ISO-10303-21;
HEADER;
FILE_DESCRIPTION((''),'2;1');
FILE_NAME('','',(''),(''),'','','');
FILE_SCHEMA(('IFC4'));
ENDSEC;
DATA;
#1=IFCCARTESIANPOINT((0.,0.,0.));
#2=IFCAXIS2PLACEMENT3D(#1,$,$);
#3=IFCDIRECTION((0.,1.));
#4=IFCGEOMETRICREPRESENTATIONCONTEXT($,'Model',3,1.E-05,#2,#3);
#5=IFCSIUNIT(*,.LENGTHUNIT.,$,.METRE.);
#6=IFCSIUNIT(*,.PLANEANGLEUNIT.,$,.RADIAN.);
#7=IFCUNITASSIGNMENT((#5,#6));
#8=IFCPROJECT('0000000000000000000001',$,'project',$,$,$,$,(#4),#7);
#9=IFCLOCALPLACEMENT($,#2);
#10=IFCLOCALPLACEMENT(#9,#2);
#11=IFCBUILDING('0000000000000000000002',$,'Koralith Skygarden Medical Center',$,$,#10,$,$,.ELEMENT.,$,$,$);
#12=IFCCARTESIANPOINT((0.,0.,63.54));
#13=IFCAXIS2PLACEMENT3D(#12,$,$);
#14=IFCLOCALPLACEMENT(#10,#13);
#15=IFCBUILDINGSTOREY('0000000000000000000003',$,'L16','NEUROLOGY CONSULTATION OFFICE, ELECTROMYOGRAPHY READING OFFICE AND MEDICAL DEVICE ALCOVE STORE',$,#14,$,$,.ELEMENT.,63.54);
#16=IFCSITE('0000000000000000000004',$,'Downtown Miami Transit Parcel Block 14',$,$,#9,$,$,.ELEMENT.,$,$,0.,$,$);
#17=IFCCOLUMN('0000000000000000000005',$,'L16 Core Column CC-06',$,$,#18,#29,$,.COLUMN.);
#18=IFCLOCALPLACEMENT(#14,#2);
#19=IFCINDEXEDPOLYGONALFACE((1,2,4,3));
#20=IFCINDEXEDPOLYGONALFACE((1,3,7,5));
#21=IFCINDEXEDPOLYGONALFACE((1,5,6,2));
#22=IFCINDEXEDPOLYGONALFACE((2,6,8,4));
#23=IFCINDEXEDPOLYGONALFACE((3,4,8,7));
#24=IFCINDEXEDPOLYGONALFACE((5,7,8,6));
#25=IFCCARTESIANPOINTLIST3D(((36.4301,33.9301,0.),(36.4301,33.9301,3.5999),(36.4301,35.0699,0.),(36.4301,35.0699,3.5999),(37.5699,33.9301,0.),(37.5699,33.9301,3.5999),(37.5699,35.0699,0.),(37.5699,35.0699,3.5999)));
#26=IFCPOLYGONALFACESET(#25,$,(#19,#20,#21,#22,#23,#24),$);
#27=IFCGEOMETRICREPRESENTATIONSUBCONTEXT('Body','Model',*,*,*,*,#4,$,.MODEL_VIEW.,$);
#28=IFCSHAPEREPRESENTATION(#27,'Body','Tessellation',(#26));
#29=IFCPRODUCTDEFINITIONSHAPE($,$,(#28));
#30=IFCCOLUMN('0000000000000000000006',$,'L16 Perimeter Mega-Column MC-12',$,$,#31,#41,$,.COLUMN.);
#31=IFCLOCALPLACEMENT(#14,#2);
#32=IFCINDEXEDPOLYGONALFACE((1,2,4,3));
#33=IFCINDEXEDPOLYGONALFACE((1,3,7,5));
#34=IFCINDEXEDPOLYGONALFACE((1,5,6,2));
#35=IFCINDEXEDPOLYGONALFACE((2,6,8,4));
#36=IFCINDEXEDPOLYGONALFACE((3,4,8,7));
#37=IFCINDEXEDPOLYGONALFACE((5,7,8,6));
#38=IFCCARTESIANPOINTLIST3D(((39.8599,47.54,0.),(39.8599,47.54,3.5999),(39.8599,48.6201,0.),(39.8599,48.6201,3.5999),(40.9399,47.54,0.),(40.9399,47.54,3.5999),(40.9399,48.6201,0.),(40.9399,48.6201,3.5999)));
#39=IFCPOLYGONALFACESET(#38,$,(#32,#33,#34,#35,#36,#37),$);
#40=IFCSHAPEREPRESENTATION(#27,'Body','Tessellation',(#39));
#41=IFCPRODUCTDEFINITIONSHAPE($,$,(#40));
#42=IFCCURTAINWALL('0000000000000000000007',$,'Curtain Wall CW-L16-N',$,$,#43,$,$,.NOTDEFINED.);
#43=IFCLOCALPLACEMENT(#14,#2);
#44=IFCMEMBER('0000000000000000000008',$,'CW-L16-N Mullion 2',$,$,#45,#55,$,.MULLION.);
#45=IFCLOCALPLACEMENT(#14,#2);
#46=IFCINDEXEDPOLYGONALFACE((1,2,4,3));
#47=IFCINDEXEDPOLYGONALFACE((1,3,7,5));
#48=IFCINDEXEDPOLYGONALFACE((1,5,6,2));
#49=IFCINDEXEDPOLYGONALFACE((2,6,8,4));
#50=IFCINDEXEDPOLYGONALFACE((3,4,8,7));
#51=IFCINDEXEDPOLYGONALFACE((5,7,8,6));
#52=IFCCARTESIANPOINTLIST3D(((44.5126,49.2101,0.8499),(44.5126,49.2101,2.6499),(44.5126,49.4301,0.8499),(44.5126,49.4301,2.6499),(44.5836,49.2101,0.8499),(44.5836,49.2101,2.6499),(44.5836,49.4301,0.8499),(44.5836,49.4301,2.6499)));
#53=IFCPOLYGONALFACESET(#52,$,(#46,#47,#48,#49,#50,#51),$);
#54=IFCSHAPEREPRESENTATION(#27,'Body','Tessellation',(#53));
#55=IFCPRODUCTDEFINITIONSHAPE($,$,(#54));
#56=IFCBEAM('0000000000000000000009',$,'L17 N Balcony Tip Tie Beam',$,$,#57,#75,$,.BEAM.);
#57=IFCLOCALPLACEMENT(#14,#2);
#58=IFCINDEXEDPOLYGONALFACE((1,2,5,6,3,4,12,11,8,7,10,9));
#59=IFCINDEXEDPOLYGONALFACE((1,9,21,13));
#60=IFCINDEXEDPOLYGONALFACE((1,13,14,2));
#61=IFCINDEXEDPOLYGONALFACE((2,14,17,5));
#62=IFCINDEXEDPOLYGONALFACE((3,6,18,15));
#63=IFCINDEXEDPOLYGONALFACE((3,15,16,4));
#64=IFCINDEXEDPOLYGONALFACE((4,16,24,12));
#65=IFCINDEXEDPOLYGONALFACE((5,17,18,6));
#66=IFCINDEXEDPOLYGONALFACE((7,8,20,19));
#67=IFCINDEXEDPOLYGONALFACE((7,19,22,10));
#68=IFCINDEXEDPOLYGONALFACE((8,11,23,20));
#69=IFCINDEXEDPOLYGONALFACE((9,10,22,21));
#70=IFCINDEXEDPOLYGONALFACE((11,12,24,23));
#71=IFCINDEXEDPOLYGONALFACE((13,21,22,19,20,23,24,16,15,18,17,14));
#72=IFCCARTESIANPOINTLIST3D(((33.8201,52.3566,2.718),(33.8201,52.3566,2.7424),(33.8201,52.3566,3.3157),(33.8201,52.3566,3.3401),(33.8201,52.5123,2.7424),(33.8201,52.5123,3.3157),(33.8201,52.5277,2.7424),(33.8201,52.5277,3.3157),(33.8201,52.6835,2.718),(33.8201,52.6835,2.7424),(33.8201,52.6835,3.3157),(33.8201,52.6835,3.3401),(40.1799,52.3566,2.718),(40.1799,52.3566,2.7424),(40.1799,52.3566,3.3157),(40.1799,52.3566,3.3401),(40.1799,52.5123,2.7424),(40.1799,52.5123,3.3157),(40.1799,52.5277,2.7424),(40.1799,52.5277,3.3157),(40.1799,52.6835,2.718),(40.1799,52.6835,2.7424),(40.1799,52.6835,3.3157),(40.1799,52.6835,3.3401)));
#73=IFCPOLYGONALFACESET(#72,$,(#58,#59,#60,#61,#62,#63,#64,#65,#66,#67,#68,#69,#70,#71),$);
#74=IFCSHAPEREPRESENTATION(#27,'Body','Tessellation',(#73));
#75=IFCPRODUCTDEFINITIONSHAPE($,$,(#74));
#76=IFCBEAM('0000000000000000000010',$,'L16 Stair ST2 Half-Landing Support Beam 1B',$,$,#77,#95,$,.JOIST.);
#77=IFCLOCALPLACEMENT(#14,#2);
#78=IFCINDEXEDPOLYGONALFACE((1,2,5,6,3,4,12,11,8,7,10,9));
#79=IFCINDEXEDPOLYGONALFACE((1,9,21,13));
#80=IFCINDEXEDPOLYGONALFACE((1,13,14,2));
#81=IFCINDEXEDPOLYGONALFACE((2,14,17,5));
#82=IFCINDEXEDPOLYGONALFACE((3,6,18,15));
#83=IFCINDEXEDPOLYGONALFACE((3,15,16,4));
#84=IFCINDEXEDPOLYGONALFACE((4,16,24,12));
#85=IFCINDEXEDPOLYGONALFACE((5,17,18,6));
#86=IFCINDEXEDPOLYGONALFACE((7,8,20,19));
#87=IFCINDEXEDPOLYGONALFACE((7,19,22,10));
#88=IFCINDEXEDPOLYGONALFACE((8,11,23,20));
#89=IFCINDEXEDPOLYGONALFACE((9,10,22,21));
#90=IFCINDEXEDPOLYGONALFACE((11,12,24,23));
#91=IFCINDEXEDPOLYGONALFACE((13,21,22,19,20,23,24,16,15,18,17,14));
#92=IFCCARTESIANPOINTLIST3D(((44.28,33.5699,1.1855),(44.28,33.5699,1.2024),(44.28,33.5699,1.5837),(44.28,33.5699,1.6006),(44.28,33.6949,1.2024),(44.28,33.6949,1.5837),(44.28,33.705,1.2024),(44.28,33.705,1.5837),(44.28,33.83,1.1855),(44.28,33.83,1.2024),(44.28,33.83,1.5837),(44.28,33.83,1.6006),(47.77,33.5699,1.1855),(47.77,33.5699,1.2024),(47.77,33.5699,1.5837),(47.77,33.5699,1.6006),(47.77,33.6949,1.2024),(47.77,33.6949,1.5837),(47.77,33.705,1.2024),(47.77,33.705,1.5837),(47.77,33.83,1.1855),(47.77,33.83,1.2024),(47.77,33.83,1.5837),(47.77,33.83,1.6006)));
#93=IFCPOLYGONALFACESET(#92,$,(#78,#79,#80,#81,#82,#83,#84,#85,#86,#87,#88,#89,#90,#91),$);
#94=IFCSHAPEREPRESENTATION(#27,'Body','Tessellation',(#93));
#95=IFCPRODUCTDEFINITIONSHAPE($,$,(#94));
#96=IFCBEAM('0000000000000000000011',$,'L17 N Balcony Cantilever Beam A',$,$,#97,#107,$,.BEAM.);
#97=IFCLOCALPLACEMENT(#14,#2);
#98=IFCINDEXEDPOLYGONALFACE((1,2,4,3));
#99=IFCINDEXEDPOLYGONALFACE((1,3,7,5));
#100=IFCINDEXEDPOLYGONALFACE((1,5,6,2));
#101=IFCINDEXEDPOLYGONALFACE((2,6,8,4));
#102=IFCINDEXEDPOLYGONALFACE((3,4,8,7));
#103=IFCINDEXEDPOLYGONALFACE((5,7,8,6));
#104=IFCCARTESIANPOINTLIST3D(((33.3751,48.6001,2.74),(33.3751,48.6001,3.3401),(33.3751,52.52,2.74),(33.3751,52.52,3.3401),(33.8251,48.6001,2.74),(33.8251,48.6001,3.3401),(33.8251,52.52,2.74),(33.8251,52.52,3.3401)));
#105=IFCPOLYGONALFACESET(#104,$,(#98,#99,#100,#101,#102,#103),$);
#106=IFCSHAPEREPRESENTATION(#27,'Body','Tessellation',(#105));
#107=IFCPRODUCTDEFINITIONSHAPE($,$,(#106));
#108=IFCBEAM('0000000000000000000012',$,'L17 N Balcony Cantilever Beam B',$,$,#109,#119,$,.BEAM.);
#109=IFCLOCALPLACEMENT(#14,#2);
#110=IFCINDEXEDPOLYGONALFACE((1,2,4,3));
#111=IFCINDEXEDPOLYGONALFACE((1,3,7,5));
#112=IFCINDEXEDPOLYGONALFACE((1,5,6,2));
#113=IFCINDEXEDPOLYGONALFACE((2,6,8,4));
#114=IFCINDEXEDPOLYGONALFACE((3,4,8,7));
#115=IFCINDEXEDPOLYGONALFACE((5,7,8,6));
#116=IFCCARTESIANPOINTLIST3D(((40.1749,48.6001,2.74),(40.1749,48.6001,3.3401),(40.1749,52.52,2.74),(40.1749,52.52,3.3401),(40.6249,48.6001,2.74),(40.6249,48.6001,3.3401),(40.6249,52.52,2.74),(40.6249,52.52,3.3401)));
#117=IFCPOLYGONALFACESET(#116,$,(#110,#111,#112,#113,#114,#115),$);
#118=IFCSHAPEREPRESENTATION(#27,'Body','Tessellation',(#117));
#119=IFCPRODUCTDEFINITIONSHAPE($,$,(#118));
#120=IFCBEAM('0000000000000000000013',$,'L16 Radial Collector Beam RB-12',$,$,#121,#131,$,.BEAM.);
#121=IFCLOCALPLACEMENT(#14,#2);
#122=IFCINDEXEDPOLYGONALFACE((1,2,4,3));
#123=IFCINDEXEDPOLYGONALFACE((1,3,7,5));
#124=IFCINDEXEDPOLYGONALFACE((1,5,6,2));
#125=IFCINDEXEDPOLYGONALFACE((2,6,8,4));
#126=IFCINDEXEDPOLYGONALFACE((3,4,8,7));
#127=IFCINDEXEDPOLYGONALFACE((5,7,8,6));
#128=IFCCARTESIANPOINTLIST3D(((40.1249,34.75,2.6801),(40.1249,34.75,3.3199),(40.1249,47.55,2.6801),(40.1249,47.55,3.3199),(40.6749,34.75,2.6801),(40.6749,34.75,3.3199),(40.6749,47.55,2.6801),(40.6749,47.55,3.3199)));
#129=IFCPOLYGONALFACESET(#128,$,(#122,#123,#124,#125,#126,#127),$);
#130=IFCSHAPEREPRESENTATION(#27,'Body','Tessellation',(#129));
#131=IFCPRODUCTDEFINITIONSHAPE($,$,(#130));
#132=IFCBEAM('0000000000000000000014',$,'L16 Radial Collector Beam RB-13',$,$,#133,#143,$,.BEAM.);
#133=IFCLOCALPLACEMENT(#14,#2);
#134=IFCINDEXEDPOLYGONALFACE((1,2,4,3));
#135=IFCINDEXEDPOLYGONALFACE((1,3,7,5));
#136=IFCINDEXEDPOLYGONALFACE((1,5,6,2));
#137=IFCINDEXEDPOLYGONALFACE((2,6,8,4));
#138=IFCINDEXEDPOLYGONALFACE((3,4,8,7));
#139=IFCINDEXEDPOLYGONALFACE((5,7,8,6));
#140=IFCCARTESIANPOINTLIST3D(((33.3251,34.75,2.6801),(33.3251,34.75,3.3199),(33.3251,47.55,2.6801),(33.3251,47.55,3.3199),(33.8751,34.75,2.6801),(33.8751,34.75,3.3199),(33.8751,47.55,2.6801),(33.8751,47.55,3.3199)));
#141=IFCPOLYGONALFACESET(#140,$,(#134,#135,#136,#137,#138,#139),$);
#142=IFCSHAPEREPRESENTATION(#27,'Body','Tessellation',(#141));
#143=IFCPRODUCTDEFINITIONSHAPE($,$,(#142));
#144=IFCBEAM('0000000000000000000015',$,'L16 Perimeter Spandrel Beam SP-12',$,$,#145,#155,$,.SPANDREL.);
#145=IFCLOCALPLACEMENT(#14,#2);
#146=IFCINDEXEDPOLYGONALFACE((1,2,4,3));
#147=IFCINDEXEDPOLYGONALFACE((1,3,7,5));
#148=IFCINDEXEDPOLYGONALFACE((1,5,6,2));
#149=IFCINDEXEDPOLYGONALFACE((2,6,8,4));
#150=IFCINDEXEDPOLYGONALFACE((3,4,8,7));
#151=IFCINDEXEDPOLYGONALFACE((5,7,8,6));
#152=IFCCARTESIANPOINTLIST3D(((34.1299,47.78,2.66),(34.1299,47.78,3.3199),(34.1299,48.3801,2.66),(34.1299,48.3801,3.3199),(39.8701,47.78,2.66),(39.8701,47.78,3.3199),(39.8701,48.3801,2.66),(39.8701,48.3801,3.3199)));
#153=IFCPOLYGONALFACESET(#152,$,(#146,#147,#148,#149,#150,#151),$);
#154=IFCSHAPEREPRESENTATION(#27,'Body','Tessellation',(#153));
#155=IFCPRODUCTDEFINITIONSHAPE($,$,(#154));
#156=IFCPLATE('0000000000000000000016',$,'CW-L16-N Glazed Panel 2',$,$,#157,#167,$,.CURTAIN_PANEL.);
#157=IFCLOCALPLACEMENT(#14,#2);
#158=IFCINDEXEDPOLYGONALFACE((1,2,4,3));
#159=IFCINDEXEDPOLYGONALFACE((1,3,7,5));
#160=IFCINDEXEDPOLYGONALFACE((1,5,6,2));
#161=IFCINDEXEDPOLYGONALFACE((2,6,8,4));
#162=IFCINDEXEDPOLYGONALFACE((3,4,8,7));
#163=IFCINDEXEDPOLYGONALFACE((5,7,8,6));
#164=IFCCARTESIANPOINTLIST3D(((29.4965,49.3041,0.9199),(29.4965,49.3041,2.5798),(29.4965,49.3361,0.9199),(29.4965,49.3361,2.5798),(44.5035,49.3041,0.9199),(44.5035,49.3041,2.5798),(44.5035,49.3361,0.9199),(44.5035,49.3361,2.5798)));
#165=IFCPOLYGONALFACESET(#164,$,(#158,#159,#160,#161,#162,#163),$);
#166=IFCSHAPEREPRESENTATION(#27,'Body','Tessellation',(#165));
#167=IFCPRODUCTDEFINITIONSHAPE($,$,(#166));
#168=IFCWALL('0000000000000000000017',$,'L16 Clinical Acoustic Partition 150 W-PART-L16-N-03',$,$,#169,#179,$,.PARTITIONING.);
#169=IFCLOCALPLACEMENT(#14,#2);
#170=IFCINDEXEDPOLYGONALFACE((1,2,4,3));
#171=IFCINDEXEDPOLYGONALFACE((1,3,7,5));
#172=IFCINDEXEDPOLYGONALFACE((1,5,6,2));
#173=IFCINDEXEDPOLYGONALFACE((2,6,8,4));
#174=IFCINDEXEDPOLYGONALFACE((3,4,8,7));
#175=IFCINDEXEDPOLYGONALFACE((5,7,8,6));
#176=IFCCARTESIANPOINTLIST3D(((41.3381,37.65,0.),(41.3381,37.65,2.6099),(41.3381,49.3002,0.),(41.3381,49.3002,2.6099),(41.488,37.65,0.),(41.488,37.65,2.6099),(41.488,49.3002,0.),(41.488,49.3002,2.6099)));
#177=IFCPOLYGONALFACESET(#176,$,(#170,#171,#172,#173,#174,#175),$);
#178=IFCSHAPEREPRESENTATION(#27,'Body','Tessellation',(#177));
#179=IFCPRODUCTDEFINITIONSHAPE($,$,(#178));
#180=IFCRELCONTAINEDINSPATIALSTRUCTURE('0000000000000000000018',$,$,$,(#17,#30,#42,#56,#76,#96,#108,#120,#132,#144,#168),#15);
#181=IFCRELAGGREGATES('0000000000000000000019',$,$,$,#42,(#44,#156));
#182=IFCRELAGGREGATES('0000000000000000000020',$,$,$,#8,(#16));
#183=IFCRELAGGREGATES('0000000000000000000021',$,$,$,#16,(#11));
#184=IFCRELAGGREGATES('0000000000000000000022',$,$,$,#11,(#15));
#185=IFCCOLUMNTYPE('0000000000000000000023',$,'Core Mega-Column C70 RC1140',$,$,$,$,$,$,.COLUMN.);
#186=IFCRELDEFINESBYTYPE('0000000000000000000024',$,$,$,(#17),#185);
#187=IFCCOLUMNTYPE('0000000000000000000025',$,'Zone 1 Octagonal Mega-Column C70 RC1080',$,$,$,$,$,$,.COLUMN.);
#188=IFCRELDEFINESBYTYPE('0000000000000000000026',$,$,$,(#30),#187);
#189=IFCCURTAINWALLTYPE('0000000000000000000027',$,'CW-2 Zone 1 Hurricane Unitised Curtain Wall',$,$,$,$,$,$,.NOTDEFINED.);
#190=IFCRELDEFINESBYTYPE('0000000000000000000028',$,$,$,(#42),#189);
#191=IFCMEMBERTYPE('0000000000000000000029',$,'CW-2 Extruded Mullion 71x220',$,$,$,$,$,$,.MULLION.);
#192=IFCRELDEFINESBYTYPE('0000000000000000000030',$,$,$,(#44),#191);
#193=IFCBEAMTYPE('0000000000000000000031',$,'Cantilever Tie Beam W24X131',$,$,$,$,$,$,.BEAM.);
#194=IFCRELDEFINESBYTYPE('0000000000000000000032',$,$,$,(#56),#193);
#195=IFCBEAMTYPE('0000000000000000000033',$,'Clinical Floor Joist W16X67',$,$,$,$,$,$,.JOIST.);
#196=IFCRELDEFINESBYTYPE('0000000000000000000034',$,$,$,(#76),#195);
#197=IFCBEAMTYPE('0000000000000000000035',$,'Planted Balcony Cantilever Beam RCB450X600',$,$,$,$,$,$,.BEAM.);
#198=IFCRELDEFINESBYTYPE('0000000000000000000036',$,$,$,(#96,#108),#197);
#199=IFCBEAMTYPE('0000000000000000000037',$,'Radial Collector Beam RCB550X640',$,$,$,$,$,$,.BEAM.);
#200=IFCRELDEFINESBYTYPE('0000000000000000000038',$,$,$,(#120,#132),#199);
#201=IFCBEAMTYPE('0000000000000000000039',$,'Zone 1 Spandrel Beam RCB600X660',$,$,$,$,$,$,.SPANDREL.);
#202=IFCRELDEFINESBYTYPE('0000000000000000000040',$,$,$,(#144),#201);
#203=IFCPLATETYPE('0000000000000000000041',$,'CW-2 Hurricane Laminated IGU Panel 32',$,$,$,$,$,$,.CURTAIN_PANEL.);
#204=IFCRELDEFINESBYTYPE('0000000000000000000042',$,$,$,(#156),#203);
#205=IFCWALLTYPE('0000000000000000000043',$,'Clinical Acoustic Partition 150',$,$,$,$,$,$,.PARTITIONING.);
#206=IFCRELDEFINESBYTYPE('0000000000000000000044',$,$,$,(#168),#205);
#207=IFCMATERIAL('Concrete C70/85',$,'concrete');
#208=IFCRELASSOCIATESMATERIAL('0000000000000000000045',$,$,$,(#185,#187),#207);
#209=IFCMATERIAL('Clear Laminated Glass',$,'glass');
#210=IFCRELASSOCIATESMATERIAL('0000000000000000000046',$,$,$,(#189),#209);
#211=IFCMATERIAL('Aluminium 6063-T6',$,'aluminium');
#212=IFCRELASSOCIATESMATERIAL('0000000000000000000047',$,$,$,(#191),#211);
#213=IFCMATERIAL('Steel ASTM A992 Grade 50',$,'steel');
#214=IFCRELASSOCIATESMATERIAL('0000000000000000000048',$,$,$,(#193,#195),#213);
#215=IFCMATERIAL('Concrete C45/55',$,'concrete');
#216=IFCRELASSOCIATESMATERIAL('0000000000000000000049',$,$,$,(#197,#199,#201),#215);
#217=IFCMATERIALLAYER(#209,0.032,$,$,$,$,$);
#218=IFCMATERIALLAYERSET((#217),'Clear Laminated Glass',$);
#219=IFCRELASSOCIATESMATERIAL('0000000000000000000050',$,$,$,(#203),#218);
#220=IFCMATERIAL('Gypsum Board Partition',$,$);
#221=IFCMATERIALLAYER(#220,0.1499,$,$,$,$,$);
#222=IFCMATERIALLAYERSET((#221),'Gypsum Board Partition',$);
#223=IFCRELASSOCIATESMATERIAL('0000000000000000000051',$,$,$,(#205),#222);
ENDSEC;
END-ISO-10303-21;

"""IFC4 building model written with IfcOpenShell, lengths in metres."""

from ifc_helpers import new_model, si_unit, direction, frame, frame_2d, origin, origin_2d, place, context, subcontext, project, spatial, rectangle, i_section, extrude, material, layer, layer_set, material_profile, profile_set, type_object, element, aggregate, save


model = new_model("IFC4")

# Units and contexts
model_context = context("Model", 3, precision=1e-05, world=origin(), true_north=direction((0.0, 1.0)))
body_context = subcontext(model_context, "Body", "Model", "MODEL_VIEW")
ifc_project = project(units=[si_unit("LENGTHUNIT", "METRE"), si_unit("PLANEANGLEUNIT", "RADIAN")], contexts=[model_context])

# Site, building, storey
site_placement = place(None, origin())
site = spatial("IfcSite", under=ifc_project, at=site_placement, Name="Downtown Miami Transit Parcel Block 14", CompositionType="ELEMENT", RefElevation=0.0)
building_placement = place(site_placement, origin())
building = spatial("IfcBuilding", under=site, at=building_placement, Name="Koralith Skygarden Medical Center", CompositionType="ELEMENT")
storey_placement = place(building_placement, frame((0.0, 0.0, 63.54)))
storey = spatial("IfcBuildingStorey", under=building, at=storey_placement, Name="L16", Description="NEUROLOGY CONSULTATION OFFICE, ELECTROMYOGRAPHY READING OFFICE AND MEDICAL DEVICE ALCOVE STORE", CompositionType="ELEMENT", Elevation=63.54)

# Columns
ifc_material_1 = material(Name="Concrete C70/85", Category="concrete")
ifc_material_profile_1 = material_profile(ifc_material_1, rectangle(XDim=1.1399, YDim=1.1399, at=origin_2d()), Name="RC1140X1140")
ifc_profile_set_1 = profile_set([ifc_material_profile_1], Name="Concrete C70/85")
column_type_1 = type_object("IfcColumnType", Name="Core Mega-Column C70 RC1140", PredefinedType="COLUMN", material=ifc_profile_set_1)
column_1_placement = place(storey_placement, frame((37.0, 34.5, 0.0), z_axis=(0.0, 0.0, 1.0), x_axis=(1.0, 0.0, 0.0)))
element("IfcColumn", 1, at=column_1_placement, inside=storey, type_object=column_type_1, Name="L16 Core Column CC-06", PredefinedType="COLUMN", context=body_context, shape_type="SweptSolid", body=[
    extrude(rectangle(XDim=1.1399, YDim=1.1399, at=origin_2d()), origin(), (0.0, 0.0, 1.0), 3.5999),
])
ifc_material_profile_2 = material_profile(ifc_material_1, rectangle(XDim=1.0801, YDim=1.0801, at=origin_2d()), Name="RC1080X1080")
ifc_profile_set_2 = profile_set([ifc_material_profile_2], Name="Concrete C70/85")
column_type_2 = type_object("IfcColumnType", Name="Zone 1 Octagonal Mega-Column C70 RC1080", PredefinedType="COLUMN", material=ifc_profile_set_2)
column_2_placement = place(storey_placement, frame((40.3999, 48.0801, 0.0), z_axis=(0.0, 0.0, 1.0), x_axis=(1.0, 0.0, 0.0)))
element("IfcColumn", 2, at=column_2_placement, inside=storey, type_object=column_type_2, Name="L16 Perimeter Mega-Column MC-12", PredefinedType="COLUMN", context=body_context, shape_type="SweptSolid", body=[
    extrude(rectangle(XDim=1.0801, YDim=1.0801, at=origin_2d()), origin(), (0.0, 0.0, 1.0), 3.5999),
])

# Curtain wall, member
ifc_material_2 = material(Name="Clear Laminated Glass", Category="glass")
curtain_wall_type = type_object("IfcCurtainWallType", Name="CW-2 Zone 1 Hurricane Unitised Curtain Wall", PredefinedType="NOTDEFINED", material=ifc_material_2)
curtain_wall_placement = place(storey_placement, origin())
curtain_wall = element("IfcCurtainWall", 3, at=curtain_wall_placement, inside=storey, type_object=curtain_wall_type, Name="Curtain Wall CW-L16-N", PredefinedType="NOTDEFINED")
ifc_material_3 = material(Name="Aluminium 6063-T6", Category="aluminium")
ifc_material_profile_3 = material_profile(ifc_material_3, rectangle(XDim=0.071, YDim=0.22, at=origin_2d()), Name="MUL71X220")
ifc_profile_set_3 = profile_set([ifc_material_profile_3], Name="Aluminium 6063-T6")
member_type = type_object("IfcMemberType", Name="CW-2 Extruded Mullion 71x220", PredefinedType="MULLION", material=ifc_profile_set_3)
member_placement = place(storey_placement, frame((44.5481, 49.3201, 0.8499), z_axis=(0.0, 0.0, 1.0), x_axis=(1.0, 0.0, 0.0)))
member = element("IfcMember", 4, at=member_placement, type_object=member_type, Name="CW-L16-N Mullion 2", PredefinedType="MULLION", context=body_context, shape_type="SweptSolid", body=[
    extrude(rectangle(XDim=0.071, YDim=0.22, at=origin_2d()), origin(), (0.0, 0.0, 1.0), 1.8),
])

# Beams
ifc_material_4 = material(Name="Steel ASTM A992 Grade 50", Category="steel")
ifc_material_profile_4 = material_profile(ifc_material_4, i_section(OverallWidth=0.3269, OverallDepth=0.6221, WebThickness=0.0154, FlangeThickness=0.0244, at=origin_2d()), Name="W24X131")
ifc_profile_set_4 = profile_set([ifc_material_profile_4], Name="Steel ASTM A992 Grade 50")
beam_type_1 = type_object("IfcBeamType", Name="Cantilever Tie Beam W24X131", PredefinedType="BEAM", material=ifc_profile_set_4)
beam_1_placement = place(storey_placement, frame((33.8201, 52.52, 3.0291), z_axis=(1.0, 0.0, 0.0), x_axis=(0.0, 1.0, 0.0)))
element("IfcBeam", 5, at=beam_1_placement, inside=storey, type_object=beam_type_1, Name="L17 N Balcony Tip Tie Beam", PredefinedType="BEAM", context=body_context, shape_type="SweptSolid", body=[
    extrude(i_section(OverallWidth=0.3269, OverallDepth=0.6221, WebThickness=0.0154, FlangeThickness=0.0244, at=origin_2d()), origin(), (0.0, 0.0, 1.0), 6.3599),
])
ifc_material_profile_5 = material_profile(ifc_material_4, i_section(OverallWidth=0.26, OverallDepth=0.415, WebThickness=0.01, FlangeThickness=0.0168, at=origin_2d()), Name="W16X67")
ifc_profile_set_5 = profile_set([ifc_material_profile_5], Name="Steel ASTM A992 Grade 50")
beam_type_2 = type_object("IfcBeamType", Name="Clinical Floor Joist W16X67", PredefinedType="JOIST", material=ifc_profile_set_5)
beam_2_placement = place(storey_placement, frame((44.28, 33.7, 1.3931), z_axis=(1.0, 0.0, 0.0), x_axis=(0.0, 1.0, 0.0)))
element("IfcBeam", 6, at=beam_2_placement, inside=storey, type_object=beam_type_2, Name="L16 Stair ST2 Half-Landing Support Beam 1B", PredefinedType="JOIST", context=body_context, shape_type="SweptSolid", body=[
    extrude(i_section(OverallWidth=0.26, OverallDepth=0.415, WebThickness=0.01, FlangeThickness=0.0168, at=origin_2d()), origin(), (0.0, 0.0, 1.0), 3.49),
])
ifc_material_5 = material(Name="Concrete C45/55", Category="concrete")
ifc_material_profile_6 = material_profile(ifc_material_5, rectangle(XDim=0.45, YDim=0.6001, at=origin_2d()), Name="RCB450X600")
ifc_profile_set_6 = profile_set([ifc_material_profile_6], Name="Concrete C45/55")
beam_type_3 = type_object("IfcBeamType", Name="Planted Balcony Cantilever Beam RCB450X600", PredefinedType="BEAM", material=ifc_profile_set_6)
for number, where, z_axis, x_axis, name in (
    (7, (33.6001, 48.6001, 3.04), (0.0, 1.0, 0.0), (-1.0, 0.0, 0.0), "L17 N Balcony Cantilever Beam A"),
    (8, (40.3999, 48.6001, 3.04), (0.0, 1.0, 0.0), (-1.0, 0.0, 0.0), "L17 N Balcony Cantilever Beam B"),
):
    element("IfcBeam", number, at=place(storey_placement, frame(where, z_axis=z_axis, x_axis=x_axis)), inside=storey, type_object=beam_type_3, Name=name, PredefinedType="BEAM", context=body_context, shape_type="SweptSolid", body=[
        extrude(rectangle(XDim=0.45, YDim=0.6001, at=origin_2d()), origin(), (0.0, 0.0, 1.0), 3.9199),
    ])
ifc_material_profile_7 = material_profile(ifc_material_5, rectangle(XDim=0.55, YDim=0.6399, at=origin_2d()), Name="RCB550X640")
ifc_profile_set_7 = profile_set([ifc_material_profile_7], Name="Concrete C45/55")
beam_type_4 = type_object("IfcBeamType", Name="Radial Collector Beam RCB550X640", PredefinedType="BEAM", material=ifc_profile_set_7)
for number, where, z_axis, x_axis, name in (
    (9, (40.3999, 34.75, 3.0), (0.0, 1.0, 0.0), (-1.0, 0.0, 0.0), "L16 Radial Collector Beam RB-12"),
    (10, (33.6001, 34.75, 3.0), (0.0, 1.0, 0.0), (-1.0, 0.0, 0.0), "L16 Radial Collector Beam RB-13"),
):
    element("IfcBeam", number, at=place(storey_placement, frame(where, z_axis=z_axis, x_axis=x_axis)), inside=storey, type_object=beam_type_4, Name=name, PredefinedType="BEAM", context=body_context, shape_type="SweptSolid", body=[
        extrude(rectangle(XDim=0.55, YDim=0.6399, at=origin_2d()), origin(), (0.0, 0.0, 1.0), 12.8),
    ])
ifc_material_profile_8 = material_profile(ifc_material_5, rectangle(XDim=0.6001, YDim=0.6599, at=origin_2d()), Name="RCB600X660")
ifc_profile_set_8 = profile_set([ifc_material_profile_8], Name="Concrete C45/55")
beam_type_5 = type_object("IfcBeamType", Name="Zone 1 Spandrel Beam RCB600X660", PredefinedType="SPANDREL", material=ifc_profile_set_8)
beam_3_placement = place(storey_placement, frame((39.8701, 48.0801, 2.99), z_axis=(-1.0, 0.0, 0.0), x_axis=(0.0, -1.0, 0.0)))
element("IfcBeam", 11, at=beam_3_placement, inside=storey, type_object=beam_type_5, Name="L16 Perimeter Spandrel Beam SP-12", PredefinedType="SPANDREL", context=body_context, shape_type="SweptSolid", body=[
    extrude(rectangle(XDim=0.6001, YDim=0.6599, at=origin_2d()), origin(), (0.0, 0.0, 1.0), 5.7402),
])

# Plate
ifc_layer_1 = layer(ifc_material_2, 0.032)
ifc_layer_set_1 = layer_set([ifc_layer_1], Name="Clear Laminated Glass")
plate_type = type_object("IfcPlateType", Name="CW-2 Hurricane Laminated IGU Panel 32", PredefinedType="CURTAIN_PANEL", material=ifc_layer_set_1)
plate_placement = place(storey_placement, frame((37.0, 49.3201, 0.9199), z_axis=(0.0, 0.0, 1.0), x_axis=(-1.0, 0.0, 0.0)))
plate = element("IfcPlate", 12, at=plate_placement, type_object=plate_type, Name="CW-L16-N Glazed Panel 2", PredefinedType="CURTAIN_PANEL", context=body_context, shape_type="SweptSolid", body=[
    extrude(rectangle(XDim=15.0071, YDim=0.032, at=origin_2d()), origin(), (0.0, 0.0, 1.0), 1.6599),
])
aggregate(curtain_wall, [member, plate])

# Wall
ifc_material_6 = material(Name="Gypsum Board Partition")
ifc_layer_2 = layer(ifc_material_6, 0.1499)
ifc_layer_set_2 = layer_set([ifc_layer_2], Name="Gypsum Board Partition")
wall_type_1 = type_object("IfcWallType", Name="Clinical Acoustic Partition 150", PredefinedType="PARTITIONING", material=ifc_layer_set_2)
wall_1_placement = place(storey_placement, frame((41.4131, 37.6499, 0.0), z_axis=(0.0, 0.0, 1.0), x_axis=(0.0, 1.0, 0.0)))
element("IfcWall", 13, at=wall_1_placement, inside=storey, type_object=wall_type_1, Name="L16 Clinical Acoustic Partition 150 W-PART-L16-N-03", PredefinedType="PARTITIONING", context=body_context, shape_type="SweptSolid", body=[
    extrude(rectangle(XDim=11.6501, YDim=0.1499, at=frame_2d((5.8252, 0.0))), origin(), (0.0, 0.0, 1.0), 2.6099),
])

save(model, "model.ifc")
